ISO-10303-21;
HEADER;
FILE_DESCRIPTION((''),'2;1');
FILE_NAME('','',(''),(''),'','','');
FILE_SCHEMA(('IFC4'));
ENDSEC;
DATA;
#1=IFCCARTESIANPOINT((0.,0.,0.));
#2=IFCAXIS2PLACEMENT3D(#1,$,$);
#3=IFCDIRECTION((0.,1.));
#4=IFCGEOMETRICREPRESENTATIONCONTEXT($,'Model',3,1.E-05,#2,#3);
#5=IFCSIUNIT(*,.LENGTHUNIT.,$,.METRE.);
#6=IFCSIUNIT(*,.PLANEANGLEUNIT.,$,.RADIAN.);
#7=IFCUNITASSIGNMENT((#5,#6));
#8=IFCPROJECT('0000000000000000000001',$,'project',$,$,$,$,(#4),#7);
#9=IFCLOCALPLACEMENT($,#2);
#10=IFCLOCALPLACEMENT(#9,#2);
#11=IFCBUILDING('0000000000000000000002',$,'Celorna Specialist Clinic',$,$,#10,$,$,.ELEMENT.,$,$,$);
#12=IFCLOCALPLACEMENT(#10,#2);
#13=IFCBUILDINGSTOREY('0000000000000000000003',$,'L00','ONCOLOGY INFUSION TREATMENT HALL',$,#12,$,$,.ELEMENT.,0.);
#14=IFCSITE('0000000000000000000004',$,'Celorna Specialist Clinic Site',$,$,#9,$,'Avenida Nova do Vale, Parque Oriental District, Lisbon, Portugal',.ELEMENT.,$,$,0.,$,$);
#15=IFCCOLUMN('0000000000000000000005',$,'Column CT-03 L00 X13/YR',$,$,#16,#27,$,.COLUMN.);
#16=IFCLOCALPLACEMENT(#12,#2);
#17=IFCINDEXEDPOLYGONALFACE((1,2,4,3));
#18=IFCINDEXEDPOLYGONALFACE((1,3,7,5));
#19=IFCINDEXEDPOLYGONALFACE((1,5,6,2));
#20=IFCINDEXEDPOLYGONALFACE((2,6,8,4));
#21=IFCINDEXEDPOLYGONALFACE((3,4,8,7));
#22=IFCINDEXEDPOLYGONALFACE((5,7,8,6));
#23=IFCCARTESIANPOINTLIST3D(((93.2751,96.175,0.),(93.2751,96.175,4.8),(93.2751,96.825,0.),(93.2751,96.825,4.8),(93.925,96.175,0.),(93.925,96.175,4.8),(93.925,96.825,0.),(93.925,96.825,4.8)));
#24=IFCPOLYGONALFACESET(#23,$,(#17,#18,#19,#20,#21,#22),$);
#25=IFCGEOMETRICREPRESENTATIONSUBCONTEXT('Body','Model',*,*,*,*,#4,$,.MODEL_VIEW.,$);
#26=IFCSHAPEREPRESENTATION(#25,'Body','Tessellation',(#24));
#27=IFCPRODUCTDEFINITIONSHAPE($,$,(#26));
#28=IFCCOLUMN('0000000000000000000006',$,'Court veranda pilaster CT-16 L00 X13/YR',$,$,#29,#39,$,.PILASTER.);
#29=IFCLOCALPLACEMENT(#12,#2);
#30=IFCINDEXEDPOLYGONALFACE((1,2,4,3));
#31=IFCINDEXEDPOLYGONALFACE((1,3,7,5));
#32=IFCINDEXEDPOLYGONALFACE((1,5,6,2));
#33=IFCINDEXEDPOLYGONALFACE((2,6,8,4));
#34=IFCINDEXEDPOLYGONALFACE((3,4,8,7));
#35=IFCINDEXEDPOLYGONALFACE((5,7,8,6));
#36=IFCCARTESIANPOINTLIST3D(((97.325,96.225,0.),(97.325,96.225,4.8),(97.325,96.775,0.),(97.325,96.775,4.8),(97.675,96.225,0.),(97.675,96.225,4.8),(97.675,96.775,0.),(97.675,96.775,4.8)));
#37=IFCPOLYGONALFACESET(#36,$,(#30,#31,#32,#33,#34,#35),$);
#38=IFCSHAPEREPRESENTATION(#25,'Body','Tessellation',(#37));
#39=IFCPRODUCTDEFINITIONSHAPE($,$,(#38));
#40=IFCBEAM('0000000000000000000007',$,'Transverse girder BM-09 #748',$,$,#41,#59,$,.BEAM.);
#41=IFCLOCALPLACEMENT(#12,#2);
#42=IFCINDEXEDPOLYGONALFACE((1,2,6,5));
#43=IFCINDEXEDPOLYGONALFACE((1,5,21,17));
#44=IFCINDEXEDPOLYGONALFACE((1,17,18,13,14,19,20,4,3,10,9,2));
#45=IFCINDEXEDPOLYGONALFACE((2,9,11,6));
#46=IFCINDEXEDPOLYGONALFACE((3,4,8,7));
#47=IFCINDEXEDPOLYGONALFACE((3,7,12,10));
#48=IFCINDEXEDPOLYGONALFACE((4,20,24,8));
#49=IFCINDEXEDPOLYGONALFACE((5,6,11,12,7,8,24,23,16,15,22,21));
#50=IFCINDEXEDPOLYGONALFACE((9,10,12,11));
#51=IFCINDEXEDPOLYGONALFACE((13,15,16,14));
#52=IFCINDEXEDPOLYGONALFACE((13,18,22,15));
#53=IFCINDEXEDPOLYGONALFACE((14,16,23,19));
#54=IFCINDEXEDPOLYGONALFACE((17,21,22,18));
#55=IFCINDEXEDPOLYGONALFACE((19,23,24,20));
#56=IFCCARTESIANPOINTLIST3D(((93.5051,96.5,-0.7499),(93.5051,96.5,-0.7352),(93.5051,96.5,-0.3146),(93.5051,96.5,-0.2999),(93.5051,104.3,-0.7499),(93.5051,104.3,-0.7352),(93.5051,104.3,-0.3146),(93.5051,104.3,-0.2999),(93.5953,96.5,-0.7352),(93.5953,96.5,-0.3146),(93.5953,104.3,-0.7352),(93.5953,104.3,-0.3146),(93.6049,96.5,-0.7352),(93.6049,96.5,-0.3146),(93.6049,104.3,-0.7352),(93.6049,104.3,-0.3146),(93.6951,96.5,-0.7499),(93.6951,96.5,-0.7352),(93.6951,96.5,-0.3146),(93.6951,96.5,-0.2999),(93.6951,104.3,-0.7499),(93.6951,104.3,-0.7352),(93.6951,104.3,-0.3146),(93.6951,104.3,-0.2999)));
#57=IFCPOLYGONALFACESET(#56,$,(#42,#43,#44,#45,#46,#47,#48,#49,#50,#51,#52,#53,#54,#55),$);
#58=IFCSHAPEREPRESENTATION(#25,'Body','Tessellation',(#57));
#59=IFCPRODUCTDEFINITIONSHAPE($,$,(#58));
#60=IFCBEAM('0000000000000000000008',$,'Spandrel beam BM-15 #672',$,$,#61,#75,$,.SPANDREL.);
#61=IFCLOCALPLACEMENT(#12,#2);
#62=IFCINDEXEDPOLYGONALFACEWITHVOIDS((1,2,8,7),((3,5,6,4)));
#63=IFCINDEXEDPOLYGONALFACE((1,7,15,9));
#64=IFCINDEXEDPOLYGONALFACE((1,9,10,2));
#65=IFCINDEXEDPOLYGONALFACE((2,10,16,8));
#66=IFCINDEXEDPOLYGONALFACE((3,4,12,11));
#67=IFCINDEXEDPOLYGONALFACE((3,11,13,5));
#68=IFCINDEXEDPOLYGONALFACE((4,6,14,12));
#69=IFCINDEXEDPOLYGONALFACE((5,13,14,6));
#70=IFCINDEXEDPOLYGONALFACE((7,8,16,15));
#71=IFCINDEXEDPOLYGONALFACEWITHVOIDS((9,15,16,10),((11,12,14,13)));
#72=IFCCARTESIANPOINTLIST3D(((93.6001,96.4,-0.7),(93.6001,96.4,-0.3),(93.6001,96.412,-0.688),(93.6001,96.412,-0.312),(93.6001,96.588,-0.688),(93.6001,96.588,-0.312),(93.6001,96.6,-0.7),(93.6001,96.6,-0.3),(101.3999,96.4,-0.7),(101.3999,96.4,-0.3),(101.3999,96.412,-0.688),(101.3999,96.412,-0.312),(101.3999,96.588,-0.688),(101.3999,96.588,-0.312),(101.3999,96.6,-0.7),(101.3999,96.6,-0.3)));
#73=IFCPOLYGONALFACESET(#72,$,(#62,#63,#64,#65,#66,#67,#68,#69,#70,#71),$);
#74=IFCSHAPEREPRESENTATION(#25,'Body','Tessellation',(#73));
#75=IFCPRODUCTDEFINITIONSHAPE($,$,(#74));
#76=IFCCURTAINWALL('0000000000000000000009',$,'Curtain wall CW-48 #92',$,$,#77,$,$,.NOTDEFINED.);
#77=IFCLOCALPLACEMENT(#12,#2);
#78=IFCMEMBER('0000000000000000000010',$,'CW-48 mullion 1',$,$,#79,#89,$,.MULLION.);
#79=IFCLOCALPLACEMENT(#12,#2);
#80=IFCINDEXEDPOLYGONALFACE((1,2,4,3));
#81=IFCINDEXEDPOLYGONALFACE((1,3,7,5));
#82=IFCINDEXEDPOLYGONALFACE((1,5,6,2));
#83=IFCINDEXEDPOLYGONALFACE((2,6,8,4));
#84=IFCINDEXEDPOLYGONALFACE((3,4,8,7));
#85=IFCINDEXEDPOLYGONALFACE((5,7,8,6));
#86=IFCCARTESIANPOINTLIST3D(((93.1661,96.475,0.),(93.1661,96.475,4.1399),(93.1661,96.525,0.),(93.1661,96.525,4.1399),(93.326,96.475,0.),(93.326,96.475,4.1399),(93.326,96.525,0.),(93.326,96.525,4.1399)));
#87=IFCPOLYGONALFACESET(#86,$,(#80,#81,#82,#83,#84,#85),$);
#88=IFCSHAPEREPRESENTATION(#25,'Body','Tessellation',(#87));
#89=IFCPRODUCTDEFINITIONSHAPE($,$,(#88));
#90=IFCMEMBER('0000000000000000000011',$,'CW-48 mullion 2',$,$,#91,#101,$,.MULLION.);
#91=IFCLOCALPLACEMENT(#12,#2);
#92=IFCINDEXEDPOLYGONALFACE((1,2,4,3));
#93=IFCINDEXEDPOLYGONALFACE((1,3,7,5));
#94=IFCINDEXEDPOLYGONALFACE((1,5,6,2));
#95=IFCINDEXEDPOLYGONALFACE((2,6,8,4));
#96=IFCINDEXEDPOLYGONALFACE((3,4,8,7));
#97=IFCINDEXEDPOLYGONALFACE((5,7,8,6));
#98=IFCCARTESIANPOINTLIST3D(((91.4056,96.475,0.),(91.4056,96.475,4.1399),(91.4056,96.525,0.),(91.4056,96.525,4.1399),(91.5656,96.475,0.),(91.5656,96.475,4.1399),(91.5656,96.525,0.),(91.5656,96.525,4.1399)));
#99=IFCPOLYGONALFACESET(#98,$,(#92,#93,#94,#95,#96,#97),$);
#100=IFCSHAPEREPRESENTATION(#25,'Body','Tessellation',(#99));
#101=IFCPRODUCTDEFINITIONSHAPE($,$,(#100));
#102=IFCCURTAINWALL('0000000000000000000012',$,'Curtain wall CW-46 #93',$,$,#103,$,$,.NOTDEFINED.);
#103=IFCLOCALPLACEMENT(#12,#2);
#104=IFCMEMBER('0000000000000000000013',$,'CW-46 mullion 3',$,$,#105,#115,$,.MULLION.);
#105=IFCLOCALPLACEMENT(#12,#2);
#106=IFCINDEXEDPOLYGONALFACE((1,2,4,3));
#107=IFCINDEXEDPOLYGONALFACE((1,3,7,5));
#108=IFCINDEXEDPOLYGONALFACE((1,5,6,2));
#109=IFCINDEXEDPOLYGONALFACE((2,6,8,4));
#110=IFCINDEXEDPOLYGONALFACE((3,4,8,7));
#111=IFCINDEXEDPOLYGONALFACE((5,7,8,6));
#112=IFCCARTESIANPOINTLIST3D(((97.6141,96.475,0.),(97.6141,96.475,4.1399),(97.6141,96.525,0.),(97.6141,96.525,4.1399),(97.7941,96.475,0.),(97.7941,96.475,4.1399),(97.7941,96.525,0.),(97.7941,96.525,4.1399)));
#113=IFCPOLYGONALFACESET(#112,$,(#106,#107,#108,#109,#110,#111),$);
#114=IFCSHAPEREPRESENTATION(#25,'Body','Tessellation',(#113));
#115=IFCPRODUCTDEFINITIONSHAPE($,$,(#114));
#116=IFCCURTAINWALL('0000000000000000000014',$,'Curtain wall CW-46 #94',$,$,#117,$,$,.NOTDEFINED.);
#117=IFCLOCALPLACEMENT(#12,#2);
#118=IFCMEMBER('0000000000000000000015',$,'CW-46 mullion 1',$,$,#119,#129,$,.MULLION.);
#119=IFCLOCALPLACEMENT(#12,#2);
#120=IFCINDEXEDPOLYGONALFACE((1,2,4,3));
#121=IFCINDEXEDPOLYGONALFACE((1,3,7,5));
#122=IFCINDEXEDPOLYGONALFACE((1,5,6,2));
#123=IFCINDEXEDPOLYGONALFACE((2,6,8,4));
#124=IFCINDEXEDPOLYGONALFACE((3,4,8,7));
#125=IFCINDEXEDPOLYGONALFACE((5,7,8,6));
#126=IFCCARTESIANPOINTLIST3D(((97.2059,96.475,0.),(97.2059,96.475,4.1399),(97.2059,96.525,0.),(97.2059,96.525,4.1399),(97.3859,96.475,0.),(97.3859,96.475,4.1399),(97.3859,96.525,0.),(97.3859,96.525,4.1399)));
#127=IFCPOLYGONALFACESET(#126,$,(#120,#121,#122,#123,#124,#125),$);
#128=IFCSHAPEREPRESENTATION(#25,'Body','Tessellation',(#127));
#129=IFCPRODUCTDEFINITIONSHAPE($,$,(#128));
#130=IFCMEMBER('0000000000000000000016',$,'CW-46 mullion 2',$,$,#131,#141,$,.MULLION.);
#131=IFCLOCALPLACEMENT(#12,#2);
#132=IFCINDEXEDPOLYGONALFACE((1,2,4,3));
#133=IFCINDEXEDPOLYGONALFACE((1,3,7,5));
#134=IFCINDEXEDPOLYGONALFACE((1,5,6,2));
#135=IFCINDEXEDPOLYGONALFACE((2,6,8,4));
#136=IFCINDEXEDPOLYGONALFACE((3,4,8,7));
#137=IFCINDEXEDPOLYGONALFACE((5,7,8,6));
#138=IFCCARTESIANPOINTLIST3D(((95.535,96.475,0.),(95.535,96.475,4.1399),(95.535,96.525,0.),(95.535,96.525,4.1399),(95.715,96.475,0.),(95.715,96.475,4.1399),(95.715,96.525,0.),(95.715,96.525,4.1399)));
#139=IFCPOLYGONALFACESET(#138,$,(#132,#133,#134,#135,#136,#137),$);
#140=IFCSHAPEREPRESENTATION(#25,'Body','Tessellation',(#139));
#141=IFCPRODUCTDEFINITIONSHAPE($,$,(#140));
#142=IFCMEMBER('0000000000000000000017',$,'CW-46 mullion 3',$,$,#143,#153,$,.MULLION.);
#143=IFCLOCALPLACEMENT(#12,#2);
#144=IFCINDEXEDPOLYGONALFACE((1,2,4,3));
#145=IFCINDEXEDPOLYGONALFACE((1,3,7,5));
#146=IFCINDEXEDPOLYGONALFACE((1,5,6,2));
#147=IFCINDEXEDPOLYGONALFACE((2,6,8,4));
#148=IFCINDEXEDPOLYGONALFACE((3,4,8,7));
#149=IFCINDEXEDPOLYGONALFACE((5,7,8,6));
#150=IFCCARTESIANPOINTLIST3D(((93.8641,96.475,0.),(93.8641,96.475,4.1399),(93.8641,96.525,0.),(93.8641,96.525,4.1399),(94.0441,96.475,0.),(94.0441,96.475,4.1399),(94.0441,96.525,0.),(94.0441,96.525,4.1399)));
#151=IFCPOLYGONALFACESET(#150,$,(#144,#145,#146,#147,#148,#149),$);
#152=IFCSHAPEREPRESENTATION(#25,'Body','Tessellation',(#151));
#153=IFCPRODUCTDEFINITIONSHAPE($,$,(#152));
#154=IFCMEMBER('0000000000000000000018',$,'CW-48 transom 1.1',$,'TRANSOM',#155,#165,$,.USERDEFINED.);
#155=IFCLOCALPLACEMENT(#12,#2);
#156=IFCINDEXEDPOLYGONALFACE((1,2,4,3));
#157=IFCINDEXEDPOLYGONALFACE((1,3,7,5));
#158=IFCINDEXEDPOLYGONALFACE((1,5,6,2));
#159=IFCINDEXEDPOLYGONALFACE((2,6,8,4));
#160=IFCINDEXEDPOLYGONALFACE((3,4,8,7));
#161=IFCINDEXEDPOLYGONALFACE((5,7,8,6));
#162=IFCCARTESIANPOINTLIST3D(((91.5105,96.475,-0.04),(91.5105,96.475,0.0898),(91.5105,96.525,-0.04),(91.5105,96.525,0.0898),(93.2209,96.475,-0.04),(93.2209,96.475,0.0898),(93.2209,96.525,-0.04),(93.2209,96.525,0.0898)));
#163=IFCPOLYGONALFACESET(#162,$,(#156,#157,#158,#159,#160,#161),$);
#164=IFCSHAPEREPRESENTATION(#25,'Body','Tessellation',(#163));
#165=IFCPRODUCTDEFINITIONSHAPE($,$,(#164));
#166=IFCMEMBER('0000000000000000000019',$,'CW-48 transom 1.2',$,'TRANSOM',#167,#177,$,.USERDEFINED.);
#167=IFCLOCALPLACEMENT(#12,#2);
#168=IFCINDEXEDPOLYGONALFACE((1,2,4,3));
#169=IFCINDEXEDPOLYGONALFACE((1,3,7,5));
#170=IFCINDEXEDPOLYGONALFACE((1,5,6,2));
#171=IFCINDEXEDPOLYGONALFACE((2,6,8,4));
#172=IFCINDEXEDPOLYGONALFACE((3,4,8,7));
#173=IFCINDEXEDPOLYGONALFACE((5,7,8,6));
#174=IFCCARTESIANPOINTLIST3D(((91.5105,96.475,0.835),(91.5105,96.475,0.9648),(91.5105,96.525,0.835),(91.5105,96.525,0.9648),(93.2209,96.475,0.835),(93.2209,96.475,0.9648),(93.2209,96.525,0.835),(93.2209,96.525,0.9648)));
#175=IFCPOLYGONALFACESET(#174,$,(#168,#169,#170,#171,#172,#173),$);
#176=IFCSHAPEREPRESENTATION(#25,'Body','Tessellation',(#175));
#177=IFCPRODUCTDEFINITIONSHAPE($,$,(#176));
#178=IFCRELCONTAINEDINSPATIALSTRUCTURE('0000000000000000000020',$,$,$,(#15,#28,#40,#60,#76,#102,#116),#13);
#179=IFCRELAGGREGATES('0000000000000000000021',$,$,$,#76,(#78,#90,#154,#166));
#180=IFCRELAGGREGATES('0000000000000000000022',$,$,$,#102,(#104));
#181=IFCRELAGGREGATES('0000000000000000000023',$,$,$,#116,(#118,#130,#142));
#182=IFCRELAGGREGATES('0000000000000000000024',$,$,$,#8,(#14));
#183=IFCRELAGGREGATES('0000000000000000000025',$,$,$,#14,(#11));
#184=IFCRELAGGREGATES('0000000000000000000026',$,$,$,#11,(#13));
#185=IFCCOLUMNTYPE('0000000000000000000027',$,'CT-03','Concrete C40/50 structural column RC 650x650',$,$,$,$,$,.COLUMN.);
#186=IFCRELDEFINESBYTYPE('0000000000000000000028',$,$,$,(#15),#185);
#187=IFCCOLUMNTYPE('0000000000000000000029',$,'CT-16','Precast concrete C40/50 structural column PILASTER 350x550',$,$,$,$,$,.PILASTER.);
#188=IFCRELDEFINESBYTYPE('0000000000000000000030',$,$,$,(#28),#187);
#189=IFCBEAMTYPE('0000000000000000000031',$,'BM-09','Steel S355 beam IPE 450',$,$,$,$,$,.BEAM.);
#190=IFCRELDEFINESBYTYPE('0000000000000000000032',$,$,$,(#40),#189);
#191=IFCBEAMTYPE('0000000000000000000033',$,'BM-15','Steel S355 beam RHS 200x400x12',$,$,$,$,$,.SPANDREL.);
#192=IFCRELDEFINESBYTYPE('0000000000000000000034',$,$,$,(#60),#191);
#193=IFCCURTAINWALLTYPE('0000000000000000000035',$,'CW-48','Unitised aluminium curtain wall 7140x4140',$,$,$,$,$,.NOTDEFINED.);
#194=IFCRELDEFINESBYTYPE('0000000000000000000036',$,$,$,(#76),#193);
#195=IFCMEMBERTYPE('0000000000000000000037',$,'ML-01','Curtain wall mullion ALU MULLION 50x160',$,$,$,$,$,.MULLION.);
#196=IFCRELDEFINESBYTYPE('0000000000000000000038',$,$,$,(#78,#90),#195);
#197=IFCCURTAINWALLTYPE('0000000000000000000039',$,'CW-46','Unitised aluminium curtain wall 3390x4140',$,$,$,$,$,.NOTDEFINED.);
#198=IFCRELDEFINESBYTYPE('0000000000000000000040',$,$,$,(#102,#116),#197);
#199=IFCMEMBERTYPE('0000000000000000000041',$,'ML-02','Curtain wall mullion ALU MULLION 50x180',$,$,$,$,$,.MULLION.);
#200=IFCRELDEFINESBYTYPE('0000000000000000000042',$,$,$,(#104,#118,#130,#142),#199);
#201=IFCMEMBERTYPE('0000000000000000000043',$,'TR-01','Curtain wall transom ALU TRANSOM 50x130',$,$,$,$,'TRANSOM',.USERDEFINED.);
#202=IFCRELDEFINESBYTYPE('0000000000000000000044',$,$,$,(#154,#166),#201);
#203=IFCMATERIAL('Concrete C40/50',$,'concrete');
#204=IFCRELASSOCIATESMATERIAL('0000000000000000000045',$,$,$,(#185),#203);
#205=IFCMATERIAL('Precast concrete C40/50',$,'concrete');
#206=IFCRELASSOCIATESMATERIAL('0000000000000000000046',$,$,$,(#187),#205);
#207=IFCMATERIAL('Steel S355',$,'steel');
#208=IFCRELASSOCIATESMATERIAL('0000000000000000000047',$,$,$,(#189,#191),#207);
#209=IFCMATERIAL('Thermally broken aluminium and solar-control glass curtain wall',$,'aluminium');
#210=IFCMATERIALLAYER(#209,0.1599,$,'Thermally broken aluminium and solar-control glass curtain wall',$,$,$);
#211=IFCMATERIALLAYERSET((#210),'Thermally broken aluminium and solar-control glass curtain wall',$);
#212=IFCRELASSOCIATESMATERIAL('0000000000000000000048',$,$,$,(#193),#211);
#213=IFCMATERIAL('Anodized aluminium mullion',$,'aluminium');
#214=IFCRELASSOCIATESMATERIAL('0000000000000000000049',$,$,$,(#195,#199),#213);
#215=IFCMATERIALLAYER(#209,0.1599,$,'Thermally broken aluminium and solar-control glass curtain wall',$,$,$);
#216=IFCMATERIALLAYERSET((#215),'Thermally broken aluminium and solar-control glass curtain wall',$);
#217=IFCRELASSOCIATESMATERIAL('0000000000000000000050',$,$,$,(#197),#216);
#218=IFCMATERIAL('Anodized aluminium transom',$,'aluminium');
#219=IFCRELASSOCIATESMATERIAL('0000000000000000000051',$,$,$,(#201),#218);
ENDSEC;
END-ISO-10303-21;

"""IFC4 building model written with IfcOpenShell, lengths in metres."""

from ifc_helpers import new_model, si_unit, direction, frame, origin, origin_2d, place, context, subcontext, project, spatial, rectangle, hollow_rectangle, i_section, extrude, material, layer, layer_set, material_profile, profile_set, type_object, element, aggregate, save


model = new_model("IFC4")

# Units and contexts
model_context = context("Model", 3, precision=1e-05, world=origin(), true_north=direction((0.0, 1.0)))
body_context = subcontext(model_context, "Body", "Model", "MODEL_VIEW")
ifc_project = project(units=[si_unit("LENGTHUNIT", "METRE"), si_unit("PLANEANGLEUNIT", "RADIAN")], contexts=[model_context])

# Site, building, storey
site_placement = place(None, origin())
site = spatial("IfcSite", under=ifc_project, at=site_placement, Name="Celorna Specialist Clinic Site", LongName="Avenida Nova do Vale, Parque Oriental District, Lisbon, Portugal", CompositionType="ELEMENT", RefElevation=0.0)
building_placement = place(site_placement, origin())
building = spatial("IfcBuilding", under=site, at=building_placement, Name="Celorna Specialist Clinic", CompositionType="ELEMENT")
storey_placement = place(building_placement, origin())
storey = spatial("IfcBuildingStorey", under=building, at=storey_placement, Name="L00", Description="ONCOLOGY INFUSION TREATMENT HALL", CompositionType="ELEMENT", Elevation=0.0)

# Columns
ifc_material_1 = material(Name="Concrete C40/50", Category="concrete")
ifc_material_profile_1 = material_profile(ifc_material_1, rectangle(XDim=0.6499, YDim=0.6499, at=origin_2d()), Name="RC 650x650")
ifc_profile_set_1 = profile_set([ifc_material_profile_1], Name="Concrete C40/50")
column_type_1 = type_object("IfcColumnType", Name="CT-03", Description="Concrete C40/50 structural column RC 650x650", PredefinedType="COLUMN", material=ifc_profile_set_1)
column_1_placement = place(storey_placement, frame((93.6001, 96.5, 0.0), z_axis=(0.0, 0.0, 1.0), x_axis=(1.0, 0.0, 0.0)))
element("IfcColumn", 1, at=column_1_placement, inside=storey, type_object=column_type_1, Name="Column CT-03 L00 X13/YR", PredefinedType="COLUMN", context=body_context, shape_type="SweptSolid", body=[
    extrude(rectangle(XDim=0.6499, YDim=0.6499, at=origin_2d()), origin(), (0.0, 0.0, 1.0), 4.8),
])
ifc_material_2 = material(Name="Precast concrete C40/50", Category="concrete")
ifc_material_profile_2 = material_profile(ifc_material_2, rectangle(XDim=0.3501, YDim=0.55, at=origin_2d()), Name="PILASTER 350x550")
ifc_profile_set_2 = profile_set([ifc_material_profile_2], Name="Precast concrete C40/50")
column_type_2 = type_object("IfcColumnType", Name="CT-16", Description="Precast concrete C40/50 structural column PILASTER 350x550", PredefinedType="PILASTER", material=ifc_profile_set_2)
column_2_placement = place(storey_placement, frame((97.5, 96.5, 0.0), z_axis=(0.0, 0.0, 1.0), x_axis=(1.0, 0.0, 0.0)))
element("IfcColumn", 2, at=column_2_placement, inside=storey, type_object=column_type_2, Name="Court veranda pilaster CT-16 L00 X13/YR", PredefinedType="PILASTER", context=body_context, shape_type="SweptSolid", body=[
    extrude(rectangle(XDim=0.3501, YDim=0.55, at=origin_2d()), origin(), (0.0, 0.0, 1.0), 4.8),
])

# Beams
ifc_material_3 = material(Name="Steel S355", Category="steel")
ifc_material_profile_3 = material_profile(ifc_material_3, i_section(OverallWidth=0.1899, OverallDepth=0.45, WebThickness=0.0095, FlangeThickness=0.0146, at=origin_2d()), Name="IPE 450")
ifc_profile_set_3 = profile_set([ifc_material_profile_3], Name="Steel S355")
beam_type_1 = type_object("IfcBeamType", Name="BM-09", Description="Steel S355 beam IPE 450", PredefinedType="BEAM", material=ifc_profile_set_3)
beam_1_placement = place(storey_placement, frame((93.6001, 96.5, -0.5249), z_axis=(0.0, 1.0, 0.0), x_axis=(-1.0, 0.0, 0.0)))
element("IfcBeam", 3, at=beam_1_placement, inside=storey, type_object=beam_type_1, Name="Transverse girder BM-09 #748", PredefinedType="BEAM", context=body_context, shape_type="SweptSolid", body=[
    extrude(i_section(OverallWidth=0.1899, OverallDepth=0.45, WebThickness=0.0095, FlangeThickness=0.0146, at=origin_2d()), origin(), (0.0, 0.0, 1.0), 7.8),
])
ifc_material_profile_4 = material_profile(ifc_material_3, hollow_rectangle(XDim=0.2, YDim=0.3999, WallThickness=0.012, at=origin_2d()), Name="RHS 200x400x12")
ifc_profile_set_4 = profile_set([ifc_material_profile_4], Name="Steel S355")
beam_type_2 = type_object("IfcBeamType", Name="BM-15", Description="Steel S355 beam RHS 200x400x12", PredefinedType="SPANDREL", material=ifc_profile_set_4)
beam_2_placement = place(storey_placement, frame((93.6001, 96.5, -0.5), z_axis=(1.0, 0.0, 0.0), x_axis=(0.0, 1.0, 0.0)))
element("IfcBeam", 4, at=beam_2_placement, inside=storey, type_object=beam_type_2, Name="Spandrel beam BM-15 #672", PredefinedType="SPANDREL", context=body_context, shape_type="SweptSolid", body=[
    extrude(hollow_rectangle(XDim=0.2, YDim=0.3999, WallThickness=0.012, at=origin_2d()), origin(), (0.0, 0.0, 1.0), 7.7998),
])

# Curtain wall, members
ifc_material_4 = material(Name="Thermally broken aluminium and solar-control glass curtain wall", Category="aluminium")
ifc_layer_1 = layer(ifc_material_4, 0.1599, Name="Thermally broken aluminium and solar-control glass curtain wall")
ifc_layer_set_1 = layer_set([ifc_layer_1], Name="Thermally broken aluminium and solar-control glass curtain wall")
curtain_wall_type_1 = type_object("IfcCurtainWallType", Name="CW-48", Description="Unitised aluminium curtain wall 7140x4140", PredefinedType="NOTDEFINED", material=ifc_layer_set_1)
curtain_wall_1_placement = place(storey_placement, origin())
curtain_wall_1 = element("IfcCurtainWall", 5, at=curtain_wall_1_placement, inside=storey, type_object=curtain_wall_type_1, Name="Curtain wall CW-48 #92", PredefinedType="NOTDEFINED")
ifc_material_5 = material(Name="Anodized aluminium mullion", Category="aluminium")
ifc_material_profile_5 = material_profile(ifc_material_5, rectangle(XDim=0.05, YDim=0.1599, at=origin_2d()), Name="ALU MULLION 50x160")
ifc_profile_set_5 = profile_set([ifc_material_profile_5], Name="Anodized aluminium mullion")
member_type_1 = type_object("IfcMemberType", Name="ML-01", Description="Curtain wall mullion ALU MULLION 50x160", PredefinedType="MULLION", material=ifc_profile_set_5)
member_1_placement = place(storey_placement, frame((93.2461, 96.5, 0.0), z_axis=(0.0, 0.0, 1.0), x_axis=(0.0, -1.0, 0.0)))
member_1 = element("IfcMember", 6, at=member_1_placement, type_object=member_type_1, Name="CW-48 mullion 1", PredefinedType="MULLION", context=body_context, shape_type="SweptSolid", body=[
    extrude(rectangle(XDim=0.05, YDim=0.1599, at=origin_2d()), origin(), (0.0, 0.0, 1.0), 4.1399),
])
member_2_placement = place(storey_placement, frame((91.4856, 96.5, 0.0), z_axis=(0.0, 0.0, 1.0), x_axis=(0.0, -1.0, 0.0)))
member_2 = element("IfcMember", 7, at=member_2_placement, type_object=member_type_1, Name="CW-48 mullion 2", PredefinedType="MULLION", context=body_context, shape_type="SweptSolid", body=[
    extrude(rectangle(XDim=0.05, YDim=0.1599, at=origin_2d()), origin(), (0.0, 0.0, 1.0), 4.1399),
])

# Curtain wall, member
ifc_layer_2 = layer(ifc_material_4, 0.1599, Name="Thermally broken aluminium and solar-control glass curtain wall")
ifc_layer_set_2 = layer_set([ifc_layer_2], Name="Thermally broken aluminium and solar-control glass curtain wall")
curtain_wall_type_2 = type_object("IfcCurtainWallType", Name="CW-46", Description="Unitised aluminium curtain wall 3390x4140", PredefinedType="NOTDEFINED", material=ifc_layer_set_2)
curtain_wall_2_placement = place(storey_placement, origin())
curtain_wall_2 = element("IfcCurtainWall", 8, at=curtain_wall_2_placement, inside=storey, type_object=curtain_wall_type_2, Name="Curtain wall CW-46 #93", PredefinedType="NOTDEFINED")
ifc_material_profile_6 = material_profile(ifc_material_5, rectangle(XDim=0.05, YDim=0.1799, at=origin_2d()), Name="ALU MULLION 50x180")
ifc_profile_set_6 = profile_set([ifc_material_profile_6], Name="Anodized aluminium mullion")
member_type_2 = type_object("IfcMemberType", Name="ML-02", Description="Curtain wall mullion ALU MULLION 50x180", PredefinedType="MULLION", material=ifc_profile_set_6)
member_3_placement = place(storey_placement, frame((97.7041, 96.5, 0.0), z_axis=(0.0, 0.0, 1.0), x_axis=(0.0, -1.0, 0.0)))
member_3 = element("IfcMember", 9, at=member_3_placement, type_object=member_type_2, Name="CW-46 mullion 3", PredefinedType="MULLION", context=body_context, shape_type="SweptSolid", body=[
    extrude(rectangle(XDim=0.05, YDim=0.1799, at=origin_2d()), origin(), (0.0, 0.0, 1.0), 4.1399),
])

# Curtain wall, members
curtain_wall_3_placement = place(storey_placement, origin())
curtain_wall_3 = element("IfcCurtainWall", 10, at=curtain_wall_3_placement, inside=storey, type_object=curtain_wall_type_2, Name="Curtain wall CW-46 #94", PredefinedType="NOTDEFINED")
member_4_placement = place(storey_placement, frame((97.2959, 96.5, 0.0), z_axis=(0.0, 0.0, 1.0), x_axis=(0.0, -1.0, 0.0)))
member_4 = element("IfcMember", 11, at=member_4_placement, type_object=member_type_2, Name="CW-46 mullion 1", PredefinedType="MULLION", context=body_context, shape_type="SweptSolid", body=[
    extrude(rectangle(XDim=0.05, YDim=0.1799, at=origin_2d()), origin(), (0.0, 0.0, 1.0), 4.1399),
])
member_5_placement = place(storey_placement, frame((95.625, 96.5, 0.0), z_axis=(0.0, 0.0, 1.0), x_axis=(0.0, -1.0, 0.0)))
member_5 = element("IfcMember", 12, at=member_5_placement, type_object=member_type_2, Name="CW-46 mullion 2", PredefinedType="MULLION", context=body_context, shape_type="SweptSolid", body=[
    extrude(rectangle(XDim=0.05, YDim=0.1799, at=origin_2d()), origin(), (0.0, 0.0, 1.0), 4.1399),
])
member_6_placement = place(storey_placement, frame((93.9541, 96.5, 0.0), z_axis=(0.0, 0.0, 1.0), x_axis=(0.0, -1.0, 0.0)))
member_6 = element("IfcMember", 13, at=member_6_placement, type_object=member_type_2, Name="CW-46 mullion 3", PredefinedType="MULLION", context=body_context, shape_type="SweptSolid", body=[
    extrude(rectangle(XDim=0.05, YDim=0.1799, at=origin_2d()), origin(), (0.0, 0.0, 1.0), 4.1399),
])

# Members
ifc_material_6 = material(Name="Anodized aluminium transom", Category="aluminium")
ifc_material_profile_7 = material_profile(ifc_material_6, rectangle(XDim=0.05, YDim=0.1299, at=origin_2d()), Name="ALU TRANSOM 50x130")
ifc_profile_set_7 = profile_set([ifc_material_profile_7], Name="Anodized aluminium transom")
member_type_3 = type_object("IfcMemberType", Name="TR-01", Description="Curtain wall transom ALU TRANSOM 50x130", ElementType="TRANSOM", PredefinedType="USERDEFINED", material=ifc_profile_set_7)
member_7_placement = place(storey_placement, frame((93.2209, 96.5, 0.0249), z_axis=(-1.0, 0.0, 0.0), x_axis=(0.0, -1.0, 0.0)))
member_7 = element("IfcMember", 14, at=member_7_placement, type_object=member_type_3, Name="CW-48 transom 1.1", ObjectType="TRANSOM", PredefinedType="USERDEFINED", context=body_context, shape_type="SweptSolid", body=[
    extrude(rectangle(XDim=0.05, YDim=0.1299, at=origin_2d()), origin(), (0.0, 0.0, 1.0), 1.7104),
])
member_8_placement = place(storey_placement, frame((93.2209, 96.5, 0.8999), z_axis=(-1.0, 0.0, 0.0), x_axis=(0.0, -1.0, 0.0)))
member_8 = element("IfcMember", 15, at=member_8_placement, type_object=member_type_3, Name="CW-48 transom 1.2", ObjectType="TRANSOM", PredefinedType="USERDEFINED", context=body_context, shape_type="SweptSolid", body=[
    extrude(rectangle(XDim=0.05, YDim=0.1299, at=origin_2d()), origin(), (0.0, 0.0, 1.0), 1.7104),
])

aggregate(curtain_wall_1, [member_1, member_2, member_7, member_8])
aggregate(curtain_wall_2, [member_3])
aggregate(curtain_wall_3, [member_4, member_5, member_6])

save(model, "model.ifc")
